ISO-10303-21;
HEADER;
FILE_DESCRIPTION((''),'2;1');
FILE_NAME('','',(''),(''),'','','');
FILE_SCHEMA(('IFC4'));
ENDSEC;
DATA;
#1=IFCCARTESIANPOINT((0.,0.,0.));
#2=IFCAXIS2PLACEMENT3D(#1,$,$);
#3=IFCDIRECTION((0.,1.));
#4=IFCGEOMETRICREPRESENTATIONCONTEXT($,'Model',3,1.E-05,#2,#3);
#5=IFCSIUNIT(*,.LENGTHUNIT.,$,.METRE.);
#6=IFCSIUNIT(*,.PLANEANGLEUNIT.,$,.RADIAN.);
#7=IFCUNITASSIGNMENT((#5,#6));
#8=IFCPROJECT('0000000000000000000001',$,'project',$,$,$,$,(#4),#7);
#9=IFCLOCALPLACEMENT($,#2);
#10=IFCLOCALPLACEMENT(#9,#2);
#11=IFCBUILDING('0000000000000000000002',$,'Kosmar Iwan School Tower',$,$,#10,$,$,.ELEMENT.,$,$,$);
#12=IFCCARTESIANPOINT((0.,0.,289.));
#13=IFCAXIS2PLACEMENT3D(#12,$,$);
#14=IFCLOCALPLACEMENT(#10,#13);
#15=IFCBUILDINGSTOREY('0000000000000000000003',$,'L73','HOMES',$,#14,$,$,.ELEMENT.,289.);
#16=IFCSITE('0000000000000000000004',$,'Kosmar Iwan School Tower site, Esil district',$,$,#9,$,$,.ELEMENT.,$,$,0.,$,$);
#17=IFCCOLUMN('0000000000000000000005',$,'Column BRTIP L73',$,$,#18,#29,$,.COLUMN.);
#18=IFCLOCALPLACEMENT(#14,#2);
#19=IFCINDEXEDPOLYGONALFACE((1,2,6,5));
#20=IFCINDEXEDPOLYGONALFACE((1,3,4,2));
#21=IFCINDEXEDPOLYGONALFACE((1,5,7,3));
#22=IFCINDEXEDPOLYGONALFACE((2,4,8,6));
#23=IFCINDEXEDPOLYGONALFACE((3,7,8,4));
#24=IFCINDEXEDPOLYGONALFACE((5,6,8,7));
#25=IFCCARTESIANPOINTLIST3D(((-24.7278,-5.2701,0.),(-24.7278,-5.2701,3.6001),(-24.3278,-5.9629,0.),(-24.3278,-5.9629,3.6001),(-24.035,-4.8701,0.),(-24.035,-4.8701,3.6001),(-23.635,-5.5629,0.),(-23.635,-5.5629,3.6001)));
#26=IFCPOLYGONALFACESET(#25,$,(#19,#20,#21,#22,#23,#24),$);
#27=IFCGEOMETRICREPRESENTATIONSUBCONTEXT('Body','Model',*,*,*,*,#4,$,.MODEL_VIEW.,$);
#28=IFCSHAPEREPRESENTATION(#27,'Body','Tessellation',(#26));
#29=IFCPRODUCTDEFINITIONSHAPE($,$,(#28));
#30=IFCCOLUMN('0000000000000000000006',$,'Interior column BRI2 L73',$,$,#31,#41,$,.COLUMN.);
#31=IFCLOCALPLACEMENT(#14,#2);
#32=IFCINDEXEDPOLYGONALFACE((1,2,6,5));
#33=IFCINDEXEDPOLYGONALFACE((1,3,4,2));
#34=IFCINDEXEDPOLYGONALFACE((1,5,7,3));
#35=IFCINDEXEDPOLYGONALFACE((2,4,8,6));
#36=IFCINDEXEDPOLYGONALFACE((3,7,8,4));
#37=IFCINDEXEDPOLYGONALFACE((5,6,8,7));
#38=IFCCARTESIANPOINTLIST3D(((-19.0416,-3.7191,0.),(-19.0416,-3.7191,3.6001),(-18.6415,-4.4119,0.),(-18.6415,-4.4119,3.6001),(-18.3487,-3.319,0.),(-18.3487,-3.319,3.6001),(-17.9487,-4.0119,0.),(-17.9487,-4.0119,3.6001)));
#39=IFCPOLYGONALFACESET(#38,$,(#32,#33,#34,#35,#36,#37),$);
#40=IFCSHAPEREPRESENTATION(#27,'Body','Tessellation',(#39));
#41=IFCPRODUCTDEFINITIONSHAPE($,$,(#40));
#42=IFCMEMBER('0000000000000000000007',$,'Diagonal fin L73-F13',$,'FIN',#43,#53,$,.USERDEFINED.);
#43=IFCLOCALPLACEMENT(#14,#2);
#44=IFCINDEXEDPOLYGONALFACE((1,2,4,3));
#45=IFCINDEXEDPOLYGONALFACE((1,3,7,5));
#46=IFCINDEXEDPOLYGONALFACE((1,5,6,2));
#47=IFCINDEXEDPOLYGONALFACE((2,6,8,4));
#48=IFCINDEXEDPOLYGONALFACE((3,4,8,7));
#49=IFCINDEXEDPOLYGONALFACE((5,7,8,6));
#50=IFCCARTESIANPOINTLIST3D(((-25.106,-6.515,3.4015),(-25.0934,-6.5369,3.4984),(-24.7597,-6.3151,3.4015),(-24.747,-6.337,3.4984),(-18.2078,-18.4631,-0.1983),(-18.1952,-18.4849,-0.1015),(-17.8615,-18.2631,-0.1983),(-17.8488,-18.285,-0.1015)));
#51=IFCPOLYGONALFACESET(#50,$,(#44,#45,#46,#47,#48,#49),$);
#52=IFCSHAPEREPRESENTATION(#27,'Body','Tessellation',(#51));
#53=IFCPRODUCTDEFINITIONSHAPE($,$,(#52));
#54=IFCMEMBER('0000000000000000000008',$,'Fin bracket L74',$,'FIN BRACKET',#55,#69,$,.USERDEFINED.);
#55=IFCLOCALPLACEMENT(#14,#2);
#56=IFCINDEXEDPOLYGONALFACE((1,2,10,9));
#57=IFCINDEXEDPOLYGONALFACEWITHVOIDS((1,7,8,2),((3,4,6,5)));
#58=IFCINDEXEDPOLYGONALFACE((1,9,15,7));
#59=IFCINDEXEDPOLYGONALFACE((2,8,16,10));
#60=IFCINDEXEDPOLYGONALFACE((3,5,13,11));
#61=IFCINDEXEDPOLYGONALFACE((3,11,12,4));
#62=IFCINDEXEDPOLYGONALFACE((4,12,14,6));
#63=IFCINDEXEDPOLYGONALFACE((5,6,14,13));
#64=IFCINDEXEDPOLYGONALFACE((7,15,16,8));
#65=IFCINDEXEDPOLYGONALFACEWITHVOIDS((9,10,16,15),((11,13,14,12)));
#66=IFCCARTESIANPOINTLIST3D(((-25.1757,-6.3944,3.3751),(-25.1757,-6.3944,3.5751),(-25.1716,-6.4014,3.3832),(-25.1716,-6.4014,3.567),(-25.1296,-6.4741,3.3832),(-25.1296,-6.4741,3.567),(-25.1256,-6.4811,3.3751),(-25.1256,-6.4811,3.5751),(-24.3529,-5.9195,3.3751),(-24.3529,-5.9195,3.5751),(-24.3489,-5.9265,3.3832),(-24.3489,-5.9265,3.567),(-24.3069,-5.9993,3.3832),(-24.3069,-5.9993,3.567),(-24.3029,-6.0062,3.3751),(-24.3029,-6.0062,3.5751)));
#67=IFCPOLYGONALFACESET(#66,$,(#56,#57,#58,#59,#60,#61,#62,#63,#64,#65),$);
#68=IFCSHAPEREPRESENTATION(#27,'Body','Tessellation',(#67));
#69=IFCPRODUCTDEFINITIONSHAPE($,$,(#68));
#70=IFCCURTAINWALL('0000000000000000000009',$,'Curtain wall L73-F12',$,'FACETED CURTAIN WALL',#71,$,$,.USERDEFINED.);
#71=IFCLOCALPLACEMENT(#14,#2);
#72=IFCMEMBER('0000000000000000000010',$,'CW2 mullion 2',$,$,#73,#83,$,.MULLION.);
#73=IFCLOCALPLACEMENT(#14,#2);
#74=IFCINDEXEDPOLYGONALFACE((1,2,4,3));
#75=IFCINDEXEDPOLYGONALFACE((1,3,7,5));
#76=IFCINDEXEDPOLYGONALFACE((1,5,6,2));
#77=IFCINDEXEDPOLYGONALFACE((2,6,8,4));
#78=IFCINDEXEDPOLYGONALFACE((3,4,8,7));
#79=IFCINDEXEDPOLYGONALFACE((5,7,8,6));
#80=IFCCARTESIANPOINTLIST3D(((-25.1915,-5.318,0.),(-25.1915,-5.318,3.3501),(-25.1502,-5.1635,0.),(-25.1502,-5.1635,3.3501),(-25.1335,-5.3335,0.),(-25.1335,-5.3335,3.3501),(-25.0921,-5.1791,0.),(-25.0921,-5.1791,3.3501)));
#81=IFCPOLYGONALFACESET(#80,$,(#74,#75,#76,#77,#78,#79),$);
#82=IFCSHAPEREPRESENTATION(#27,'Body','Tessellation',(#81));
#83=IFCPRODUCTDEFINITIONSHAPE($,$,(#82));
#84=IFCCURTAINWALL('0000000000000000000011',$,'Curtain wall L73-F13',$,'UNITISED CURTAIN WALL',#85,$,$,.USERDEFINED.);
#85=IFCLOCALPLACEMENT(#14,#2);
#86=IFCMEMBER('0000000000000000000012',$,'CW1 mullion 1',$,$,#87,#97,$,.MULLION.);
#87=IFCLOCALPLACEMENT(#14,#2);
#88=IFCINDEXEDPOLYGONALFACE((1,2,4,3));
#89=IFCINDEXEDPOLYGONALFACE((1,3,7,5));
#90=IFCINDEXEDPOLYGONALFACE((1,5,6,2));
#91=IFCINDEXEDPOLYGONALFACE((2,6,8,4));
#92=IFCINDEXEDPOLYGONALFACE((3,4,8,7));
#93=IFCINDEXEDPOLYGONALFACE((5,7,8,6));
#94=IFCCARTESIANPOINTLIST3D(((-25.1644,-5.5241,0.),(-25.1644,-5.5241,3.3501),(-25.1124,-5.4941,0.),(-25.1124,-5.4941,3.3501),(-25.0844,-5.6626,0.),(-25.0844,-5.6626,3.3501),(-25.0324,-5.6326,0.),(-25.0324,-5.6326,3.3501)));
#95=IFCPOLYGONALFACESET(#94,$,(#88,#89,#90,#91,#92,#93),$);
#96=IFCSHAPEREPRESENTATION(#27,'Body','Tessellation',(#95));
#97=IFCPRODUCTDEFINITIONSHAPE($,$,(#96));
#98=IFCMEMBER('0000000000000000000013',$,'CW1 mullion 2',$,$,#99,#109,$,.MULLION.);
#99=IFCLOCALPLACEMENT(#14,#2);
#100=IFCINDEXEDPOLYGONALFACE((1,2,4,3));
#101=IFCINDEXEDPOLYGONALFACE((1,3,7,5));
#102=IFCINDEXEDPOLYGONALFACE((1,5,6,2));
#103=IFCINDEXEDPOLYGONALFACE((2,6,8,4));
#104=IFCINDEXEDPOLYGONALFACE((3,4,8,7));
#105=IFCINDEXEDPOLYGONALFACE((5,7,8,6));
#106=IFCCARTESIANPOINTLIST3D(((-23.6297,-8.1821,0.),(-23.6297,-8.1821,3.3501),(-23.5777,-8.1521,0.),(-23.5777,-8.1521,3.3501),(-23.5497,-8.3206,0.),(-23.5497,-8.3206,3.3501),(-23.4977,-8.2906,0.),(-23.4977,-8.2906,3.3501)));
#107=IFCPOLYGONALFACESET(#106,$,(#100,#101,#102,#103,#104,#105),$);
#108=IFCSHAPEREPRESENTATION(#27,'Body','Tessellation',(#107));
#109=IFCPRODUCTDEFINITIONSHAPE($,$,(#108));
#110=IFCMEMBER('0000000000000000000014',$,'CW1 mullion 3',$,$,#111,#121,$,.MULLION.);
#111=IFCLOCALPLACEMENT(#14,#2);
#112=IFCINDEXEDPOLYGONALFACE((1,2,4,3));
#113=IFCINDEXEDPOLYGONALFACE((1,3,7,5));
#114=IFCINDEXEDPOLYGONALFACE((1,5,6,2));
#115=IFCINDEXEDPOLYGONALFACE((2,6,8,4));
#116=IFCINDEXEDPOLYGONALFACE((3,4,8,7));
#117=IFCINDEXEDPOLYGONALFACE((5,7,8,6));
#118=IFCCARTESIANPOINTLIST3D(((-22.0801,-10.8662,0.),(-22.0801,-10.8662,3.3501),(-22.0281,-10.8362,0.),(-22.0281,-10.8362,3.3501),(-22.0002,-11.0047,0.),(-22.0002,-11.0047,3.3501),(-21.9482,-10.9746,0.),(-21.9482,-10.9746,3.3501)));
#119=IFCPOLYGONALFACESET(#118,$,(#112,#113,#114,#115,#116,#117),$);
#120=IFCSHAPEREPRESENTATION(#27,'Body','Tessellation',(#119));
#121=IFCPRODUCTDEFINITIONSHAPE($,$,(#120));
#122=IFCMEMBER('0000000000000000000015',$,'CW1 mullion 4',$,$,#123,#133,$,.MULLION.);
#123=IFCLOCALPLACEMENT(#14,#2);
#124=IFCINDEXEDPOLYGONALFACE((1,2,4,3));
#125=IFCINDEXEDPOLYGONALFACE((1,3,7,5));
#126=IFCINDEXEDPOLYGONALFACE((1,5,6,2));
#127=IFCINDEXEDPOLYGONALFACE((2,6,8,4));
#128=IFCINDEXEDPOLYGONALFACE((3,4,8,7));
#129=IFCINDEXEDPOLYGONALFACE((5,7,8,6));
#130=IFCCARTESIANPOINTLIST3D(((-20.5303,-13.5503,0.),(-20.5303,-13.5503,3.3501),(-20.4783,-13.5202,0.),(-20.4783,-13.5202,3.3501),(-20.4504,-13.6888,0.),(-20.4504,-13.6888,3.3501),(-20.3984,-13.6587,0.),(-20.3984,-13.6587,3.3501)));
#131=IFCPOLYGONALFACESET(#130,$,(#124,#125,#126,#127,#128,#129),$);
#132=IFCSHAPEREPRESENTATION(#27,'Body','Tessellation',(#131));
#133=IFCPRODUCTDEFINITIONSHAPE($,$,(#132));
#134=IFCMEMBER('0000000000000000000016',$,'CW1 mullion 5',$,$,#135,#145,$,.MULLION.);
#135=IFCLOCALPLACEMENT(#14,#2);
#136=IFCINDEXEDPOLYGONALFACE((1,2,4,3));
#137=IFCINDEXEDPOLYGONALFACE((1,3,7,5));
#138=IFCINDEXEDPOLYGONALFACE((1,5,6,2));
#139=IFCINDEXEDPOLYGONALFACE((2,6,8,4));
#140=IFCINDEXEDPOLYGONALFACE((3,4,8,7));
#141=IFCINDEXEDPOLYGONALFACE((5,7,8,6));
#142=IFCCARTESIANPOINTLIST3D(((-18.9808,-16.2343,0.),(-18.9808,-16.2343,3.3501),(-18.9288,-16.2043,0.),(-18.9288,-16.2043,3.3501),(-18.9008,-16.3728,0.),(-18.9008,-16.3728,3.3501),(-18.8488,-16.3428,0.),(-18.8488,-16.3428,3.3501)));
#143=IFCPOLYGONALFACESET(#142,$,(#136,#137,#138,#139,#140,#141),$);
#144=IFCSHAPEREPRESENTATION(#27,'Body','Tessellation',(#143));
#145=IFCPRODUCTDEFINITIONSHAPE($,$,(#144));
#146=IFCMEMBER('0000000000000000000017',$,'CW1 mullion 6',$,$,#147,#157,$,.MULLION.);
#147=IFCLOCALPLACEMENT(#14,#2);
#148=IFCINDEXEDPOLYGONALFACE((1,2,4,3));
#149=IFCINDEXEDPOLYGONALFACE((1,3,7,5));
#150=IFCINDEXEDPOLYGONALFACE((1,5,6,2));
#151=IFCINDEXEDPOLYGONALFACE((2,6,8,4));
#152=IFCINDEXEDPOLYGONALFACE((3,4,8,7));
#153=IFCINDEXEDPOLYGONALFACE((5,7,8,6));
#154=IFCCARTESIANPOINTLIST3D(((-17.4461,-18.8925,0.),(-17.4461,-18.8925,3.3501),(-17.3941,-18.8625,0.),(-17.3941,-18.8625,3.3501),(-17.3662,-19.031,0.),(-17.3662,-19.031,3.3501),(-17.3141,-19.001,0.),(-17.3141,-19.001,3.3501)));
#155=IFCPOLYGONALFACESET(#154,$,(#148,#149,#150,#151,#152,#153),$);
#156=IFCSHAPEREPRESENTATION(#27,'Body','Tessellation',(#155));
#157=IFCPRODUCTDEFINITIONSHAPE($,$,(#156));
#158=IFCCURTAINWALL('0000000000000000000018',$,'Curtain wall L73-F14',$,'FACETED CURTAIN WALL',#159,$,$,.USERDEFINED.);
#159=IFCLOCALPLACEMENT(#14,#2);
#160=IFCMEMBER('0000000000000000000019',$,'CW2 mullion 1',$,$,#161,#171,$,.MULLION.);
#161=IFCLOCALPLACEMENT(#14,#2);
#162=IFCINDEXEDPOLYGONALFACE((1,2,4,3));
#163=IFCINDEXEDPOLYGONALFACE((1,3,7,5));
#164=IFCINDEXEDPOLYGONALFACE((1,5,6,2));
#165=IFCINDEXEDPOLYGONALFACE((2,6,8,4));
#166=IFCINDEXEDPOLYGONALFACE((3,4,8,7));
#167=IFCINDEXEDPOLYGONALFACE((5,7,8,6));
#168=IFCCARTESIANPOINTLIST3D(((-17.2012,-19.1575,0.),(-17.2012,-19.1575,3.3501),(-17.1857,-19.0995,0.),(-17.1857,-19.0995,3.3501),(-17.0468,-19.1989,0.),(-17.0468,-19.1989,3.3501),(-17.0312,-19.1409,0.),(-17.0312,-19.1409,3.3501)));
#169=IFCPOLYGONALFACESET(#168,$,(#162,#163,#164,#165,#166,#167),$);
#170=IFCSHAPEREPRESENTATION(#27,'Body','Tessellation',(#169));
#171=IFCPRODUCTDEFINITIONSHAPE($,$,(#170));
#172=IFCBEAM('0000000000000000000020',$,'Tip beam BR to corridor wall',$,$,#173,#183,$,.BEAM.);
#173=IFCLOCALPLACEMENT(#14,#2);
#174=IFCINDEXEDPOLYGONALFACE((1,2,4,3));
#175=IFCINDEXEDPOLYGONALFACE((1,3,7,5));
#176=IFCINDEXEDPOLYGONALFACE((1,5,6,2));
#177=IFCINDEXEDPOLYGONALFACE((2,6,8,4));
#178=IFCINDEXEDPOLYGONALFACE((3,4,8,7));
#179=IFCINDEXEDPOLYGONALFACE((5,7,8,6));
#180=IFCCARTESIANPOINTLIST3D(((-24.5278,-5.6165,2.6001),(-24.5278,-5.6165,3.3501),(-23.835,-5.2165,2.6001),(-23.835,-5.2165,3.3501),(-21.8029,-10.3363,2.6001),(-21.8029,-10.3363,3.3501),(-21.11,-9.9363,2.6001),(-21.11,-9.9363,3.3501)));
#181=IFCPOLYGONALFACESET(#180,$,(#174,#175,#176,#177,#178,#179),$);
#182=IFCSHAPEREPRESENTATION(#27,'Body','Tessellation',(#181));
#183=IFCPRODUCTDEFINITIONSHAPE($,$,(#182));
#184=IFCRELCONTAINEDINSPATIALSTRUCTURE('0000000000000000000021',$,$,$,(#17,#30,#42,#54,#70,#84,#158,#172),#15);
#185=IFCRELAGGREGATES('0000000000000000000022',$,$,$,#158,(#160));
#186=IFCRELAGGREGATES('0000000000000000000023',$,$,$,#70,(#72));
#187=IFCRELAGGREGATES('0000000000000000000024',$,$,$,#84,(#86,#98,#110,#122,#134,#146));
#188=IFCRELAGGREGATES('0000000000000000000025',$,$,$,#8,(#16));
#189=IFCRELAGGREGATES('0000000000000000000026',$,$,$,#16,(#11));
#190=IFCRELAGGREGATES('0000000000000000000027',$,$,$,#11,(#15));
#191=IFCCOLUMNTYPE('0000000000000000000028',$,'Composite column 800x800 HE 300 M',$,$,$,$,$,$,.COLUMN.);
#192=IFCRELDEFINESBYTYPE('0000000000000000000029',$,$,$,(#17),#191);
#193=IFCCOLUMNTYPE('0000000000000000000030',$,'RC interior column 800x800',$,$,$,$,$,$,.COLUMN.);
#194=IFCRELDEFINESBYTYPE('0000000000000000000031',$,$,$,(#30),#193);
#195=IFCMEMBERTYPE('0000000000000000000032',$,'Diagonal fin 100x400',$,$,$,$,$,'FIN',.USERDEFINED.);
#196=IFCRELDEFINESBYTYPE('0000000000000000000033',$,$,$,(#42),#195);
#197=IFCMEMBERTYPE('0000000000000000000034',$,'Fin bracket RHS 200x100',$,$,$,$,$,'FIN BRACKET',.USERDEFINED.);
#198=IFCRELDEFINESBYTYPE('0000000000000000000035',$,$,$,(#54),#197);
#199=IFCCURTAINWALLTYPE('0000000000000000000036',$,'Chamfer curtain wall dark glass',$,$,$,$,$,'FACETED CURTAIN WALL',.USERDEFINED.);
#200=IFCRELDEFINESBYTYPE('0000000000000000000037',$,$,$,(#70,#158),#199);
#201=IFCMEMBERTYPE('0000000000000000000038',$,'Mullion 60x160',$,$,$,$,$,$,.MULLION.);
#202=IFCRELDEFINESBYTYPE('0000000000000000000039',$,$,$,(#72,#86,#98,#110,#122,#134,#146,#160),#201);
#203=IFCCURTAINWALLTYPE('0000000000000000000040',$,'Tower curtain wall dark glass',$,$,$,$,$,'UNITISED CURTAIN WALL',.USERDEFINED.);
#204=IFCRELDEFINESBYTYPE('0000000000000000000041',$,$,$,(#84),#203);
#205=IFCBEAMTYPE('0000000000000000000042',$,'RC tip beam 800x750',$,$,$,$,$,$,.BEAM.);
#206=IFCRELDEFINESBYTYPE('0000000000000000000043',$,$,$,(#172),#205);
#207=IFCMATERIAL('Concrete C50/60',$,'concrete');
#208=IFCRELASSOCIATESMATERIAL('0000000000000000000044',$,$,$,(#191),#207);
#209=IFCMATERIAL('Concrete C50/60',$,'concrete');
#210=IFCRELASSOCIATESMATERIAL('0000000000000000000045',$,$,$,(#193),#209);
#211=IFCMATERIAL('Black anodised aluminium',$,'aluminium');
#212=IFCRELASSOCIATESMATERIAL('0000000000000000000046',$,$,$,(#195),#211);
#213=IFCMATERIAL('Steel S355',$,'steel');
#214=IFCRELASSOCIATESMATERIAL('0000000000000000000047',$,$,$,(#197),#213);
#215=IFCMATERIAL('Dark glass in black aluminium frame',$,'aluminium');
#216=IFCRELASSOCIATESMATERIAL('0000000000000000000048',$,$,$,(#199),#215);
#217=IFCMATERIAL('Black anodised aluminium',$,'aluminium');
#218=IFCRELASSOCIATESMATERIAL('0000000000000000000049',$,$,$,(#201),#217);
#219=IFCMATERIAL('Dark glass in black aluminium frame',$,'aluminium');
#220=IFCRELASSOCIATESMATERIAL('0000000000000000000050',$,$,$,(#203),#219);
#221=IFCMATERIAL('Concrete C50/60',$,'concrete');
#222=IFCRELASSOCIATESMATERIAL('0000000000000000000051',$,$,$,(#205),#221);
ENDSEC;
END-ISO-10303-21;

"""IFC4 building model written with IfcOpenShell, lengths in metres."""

from ifc_helpers import new_model, si_unit, direction, frame, origin, origin_2d, place, context, subcontext, project, spatial, rectangle, hollow_rectangle, extrude, material, material_profile, profile_set, type_object, element, aggregate, save


model = new_model("IFC4")

# Units and contexts
model_context = context("Model", 3, precision=1e-05, world=origin(), true_north=direction((0.0, 1.0)))
body_context = subcontext(model_context, "Body", "Model", "MODEL_VIEW")
ifc_project = project(units=[si_unit("LENGTHUNIT", "METRE"), si_unit("PLANEANGLEUNIT", "RADIAN")], contexts=[model_context])

# Site, building, storey
site_placement = place(None, origin())
site = spatial("IfcSite", under=ifc_project, at=site_placement, Name="Kosmar Iwan School Tower site, Esil district", CompositionType="ELEMENT", RefElevation=0.0)
building_placement = place(site_placement, origin())
building = spatial("IfcBuilding", under=site, at=building_placement, Name="Kosmar Iwan School Tower", CompositionType="ELEMENT")
storey_placement = place(building_placement, frame((0.0, 0.0, 289.0)))
storey = spatial("IfcBuildingStorey", under=building, at=storey_placement, Name="L73", Description="HOMES", CompositionType="ELEMENT", Elevation=289.0)

# Columns
ifc_material_1 = material(Name="Concrete C50/60", Category="concrete")
ifc_material_profile_1 = material_profile(ifc_material_1, rectangle(XDim=0.8, YDim=0.8, at=origin_2d()), Name="RC 800x800 + HE 300 M")
ifc_profile_set_1 = profile_set([ifc_material_profile_1], Name="Concrete C50/60")
column_type_1 = type_object("IfcColumnType", Name="Composite column 800x800 HE 300 M", PredefinedType="COLUMN", material=ifc_profile_set_1)
column_1_placement = place(storey_placement, frame((-24.1814, -5.4165, 0.0), z_axis=(0.0, 0.0, 1.0), x_axis=(-0.866025, -0.5, 0.0)))
element("IfcColumn", 1, at=column_1_placement, inside=storey, type_object=column_type_1, Name="Column BRTIP L73", PredefinedType="COLUMN", context=body_context, shape_type="SweptSolid", body=[
    extrude(rectangle(XDim=0.8, YDim=0.8, at=origin_2d()), origin(), (0.0, 0.0, 1.0), 3.6001),
])
ifc_material_2 = material(Name="Concrete C50/60", Category="concrete")
ifc_material_profile_2 = material_profile(ifc_material_2, rectangle(XDim=0.8, YDim=0.8, at=origin_2d()), Name="RC 800x800")
ifc_profile_set_2 = profile_set([ifc_material_profile_2], Name="Concrete C50/60")
column_type_2 = type_object("IfcColumnType", Name="RC interior column 800x800", PredefinedType="COLUMN", material=ifc_profile_set_2)
column_2_placement = place(storey_placement, frame((-18.4951, -3.8655, 0.0), z_axis=(0.0, 0.0, 1.0), x_axis=(-0.866025, -0.5, 0.0)))
element("IfcColumn", 2, at=column_2_placement, inside=storey, type_object=column_type_2, Name="Interior column BRI2 L73", PredefinedType="COLUMN", context=body_context, shape_type="SweptSolid", body=[
    extrude(rectangle(XDim=0.8, YDim=0.8, at=origin_2d()), origin(), (0.0, 0.0, 1.0), 3.6001),
])

# Members
ifc_material_3 = material(Name="Black anodised aluminium", Category="aluminium")
ifc_material_profile_3 = material_profile(ifc_material_3, rectangle(XDim=0.1001, YDim=0.3999, at=origin_2d()), Name="FIN 100x400")
ifc_profile_set_3 = profile_set([ifc_material_profile_3], Name="Black anodised aluminium")
member_type_1 = type_object("IfcMemberType", Name="Diagonal fin 100x400", ElementType="FIN", PredefinedType="USERDEFINED", material=ifc_profile_set_3)
member_1_placement = place(storey_placement, frame((-18.0283, -18.374, -0.1499), z_axis=(-0.483802, 0.837969, 0.252475), x_axis=(0.126237, -0.218649, 0.967604)))
element("IfcMember", 3, at=member_1_placement, inside=storey, type_object=member_type_1, Name="Diagonal fin L73-F13", ObjectType="FIN", PredefinedType="USERDEFINED", context=body_context, shape_type="SweptSolid", body=[
    extrude(rectangle(XDim=0.1001, YDim=0.3999, at=origin_2d()), origin(), (0.0, 0.0, 1.0), 14.2583),
])
ifc_material_4 = material(Name="Steel S355", Category="steel")
ifc_material_profile_4 = material_profile(ifc_material_4, hollow_rectangle(XDim=0.1001, YDim=0.2, WallThickness=0.0081, at=origin_2d()), Name="RHS 200x100x8")
ifc_profile_set_4 = profile_set([ifc_material_profile_4], Name="Steel S355")
member_type_2 = type_object("IfcMemberType", Name="Fin bracket RHS 200x100", ElementType="FIN BRACKET", PredefinedType="USERDEFINED", material=ifc_profile_set_4)
member_2_placement = place(storey_placement, frame((-24.3279, -5.9629, 3.4751), z_axis=(-0.8661, -0.499871, 0.0), x_axis=(0.499871, -0.8661, 0.0)))
element("IfcMember", 4, at=member_2_placement, inside=storey, type_object=member_type_2, Name="Fin bracket L74", ObjectType="FIN BRACKET", PredefinedType="USERDEFINED", context=body_context, shape_type="SweptSolid", body=[
    extrude(hollow_rectangle(XDim=0.1001, YDim=0.2, WallThickness=0.0081, at=origin_2d()), origin(), (0.0, 0.0, 1.0), 0.95),
])

# Curtain wall, member
ifc_material_5 = material(Name="Dark glass in black aluminium frame", Category="aluminium")
curtain_wall_type_1 = type_object("IfcCurtainWallType", Name="Chamfer curtain wall dark glass", ElementType="FACETED CURTAIN WALL", PredefinedType="USERDEFINED", material=ifc_material_5)
curtain_wall_1_placement = place(storey_placement, origin())
curtain_wall_1 = element("IfcCurtainWall", 5, at=curtain_wall_1_placement, inside=storey, type_object=curtain_wall_type_1, Name="Curtain wall L73-F12", ObjectType="FACETED CURTAIN WALL", PredefinedType="USERDEFINED")
ifc_material_6 = material(Name="Black anodised aluminium", Category="aluminium")
ifc_material_profile_5 = material_profile(ifc_material_6, rectangle(XDim=0.0601, YDim=0.1599, at=origin_2d()), Name="MULLION 60x160")
ifc_profile_set_5 = profile_set([ifc_material_profile_5], Name="Black anodised aluminium")
member_type_3 = type_object("IfcMemberType", Name="Mullion 60x160", PredefinedType="MULLION", material=ifc_profile_set_5)
member_3_placement = place(storey_placement, frame((-25.1418, -5.2485, 0.0), z_axis=(0.0, 0.0, 1.0), x_axis=(0.965926, -0.258819, 0.0)))
member_3 = element("IfcMember", 6, at=member_3_placement, type_object=member_type_3, Name="CW2 mullion 2", PredefinedType="MULLION", context=body_context, shape_type="SweptSolid", body=[
    extrude(rectangle(XDim=0.0601, YDim=0.1599, at=origin_2d()), origin(), (0.0, 0.0, 1.0), 3.3501),
])

# Curtain wall, members
ifc_material_7 = material(Name="Dark glass in black aluminium frame", Category="aluminium")
curtain_wall_type_2 = type_object("IfcCurtainWallType", Name="Tower curtain wall dark glass", ElementType="UNITISED CURTAIN WALL", PredefinedType="USERDEFINED", material=ifc_material_7)
curtain_wall_2_placement = place(storey_placement, origin())
curtain_wall_2 = element("IfcCurtainWall", 7, at=curtain_wall_2_placement, inside=storey, type_object=curtain_wall_type_2, Name="Curtain wall L73-F13", ObjectType="UNITISED CURTAIN WALL", PredefinedType="USERDEFINED")
member_4_placement = place(storey_placement, frame((-25.0984, -5.5784, 0.0), z_axis=(0.0, 0.0, 1.0), x_axis=(0.866025, 0.5, 0.0)))
member_4 = element("IfcMember", 8, at=member_4_placement, type_object=member_type_3, Name="CW1 mullion 1", PredefinedType="MULLION", context=body_context, shape_type="SweptSolid", body=[
    extrude(rectangle(XDim=0.0601, YDim=0.1599, at=origin_2d()), origin(), (0.0, 0.0, 1.0), 3.3501),
])
member_5_placement = place(storey_placement, frame((-23.5637, -8.2363, 0.0), z_axis=(0.0, 0.0, 1.0), x_axis=(0.866025, 0.5, 0.0)))
member_5 = element("IfcMember", 9, at=member_5_placement, type_object=member_type_3, Name="CW1 mullion 2", PredefinedType="MULLION", context=body_context, shape_type="SweptSolid", body=[
    extrude(rectangle(XDim=0.0601, YDim=0.1599, at=origin_2d()), origin(), (0.0, 0.0, 1.0), 3.3501),
])
member_6_placement = place(storey_placement, frame((-22.0142, -10.9204, 0.0), z_axis=(0.0, 0.0, 1.0), x_axis=(0.866025, 0.5, 0.0)))
member_6 = element("IfcMember", 10, at=member_6_placement, type_object=member_type_3, Name="CW1 mullion 3", PredefinedType="MULLION", context=body_context, shape_type="SweptSolid", body=[
    extrude(rectangle(XDim=0.0601, YDim=0.1599, at=origin_2d()), origin(), (0.0, 0.0, 1.0), 3.3501),
])
member_7_placement = place(storey_placement, frame((-20.4644, -13.6045, 0.0), z_axis=(0.0, 0.0, 1.0), x_axis=(0.866025, 0.5, 0.0)))
member_7 = element("IfcMember", 11, at=member_7_placement, type_object=member_type_3, Name="CW1 mullion 4", PredefinedType="MULLION", context=body_context, shape_type="SweptSolid", body=[
    extrude(rectangle(XDim=0.0601, YDim=0.1599, at=origin_2d()), origin(), (0.0, 0.0, 1.0), 3.3501),
])
member_8_placement = place(storey_placement, frame((-18.9148, -16.2886, 0.0), z_axis=(0.0, 0.0, 1.0), x_axis=(0.866025, 0.5, 0.0)))
member_8 = element("IfcMember", 12, at=member_8_placement, type_object=member_type_3, Name="CW1 mullion 5", PredefinedType="MULLION", context=body_context, shape_type="SweptSolid", body=[
    extrude(rectangle(XDim=0.0601, YDim=0.1599, at=origin_2d()), origin(), (0.0, 0.0, 1.0), 3.3501),
])
member_9_placement = place(storey_placement, frame((-17.3801, -18.9468, 0.0), z_axis=(0.0, 0.0, 1.0), x_axis=(0.866025, 0.5, 0.0)))
member_9 = element("IfcMember", 13, at=member_9_placement, type_object=member_type_3, Name="CW1 mullion 6", PredefinedType="MULLION", context=body_context, shape_type="SweptSolid", body=[
    extrude(rectangle(XDim=0.0601, YDim=0.1599, at=origin_2d()), origin(), (0.0, 0.0, 1.0), 3.3501),
])

# Curtain wall, member
curtain_wall_3_placement = place(storey_placement, origin())
curtain_wall_3 = element("IfcCurtainWall", 14, at=curtain_wall_3_placement, inside=storey, type_object=curtain_wall_type_1, Name="Curtain wall L73-F14", ObjectType="FACETED CURTAIN WALL", PredefinedType="USERDEFINED")
member_10_placement = place(storey_placement, frame((-17.1162, -19.1492, 0.0), z_axis=(0.0, 0.0, 1.0), x_axis=(0.258819, 0.965926, 0.0)))
member_10 = element("IfcMember", 15, at=member_10_placement, type_object=member_type_3, Name="CW2 mullion 1", PredefinedType="MULLION", context=body_context, shape_type="SweptSolid", body=[
    extrude(rectangle(XDim=0.0601, YDim=0.1599, at=origin_2d()), origin(), (0.0, 0.0, 1.0), 3.3501),
])

# Beam
ifc_material_8 = material(Name="Concrete C50/60", Category="concrete")
ifc_material_profile_6 = material_profile(ifc_material_8, rectangle(XDim=0.8, YDim=0.75, at=origin_2d()), Name="RC 800x750")
ifc_profile_set_6 = profile_set([ifc_material_profile_6], Name="Concrete C50/60")
beam_type = type_object("IfcBeamType", Name="RC tip beam 800x750", PredefinedType="BEAM", material=ifc_profile_set_6)
beam_placement = place(storey_placement, frame((-24.1814, -5.4165, 2.9751), z_axis=(0.499989, -0.866032, 0.0), x_axis=(0.866032, 0.499989, 0.0)))
element("IfcBeam", 16, at=beam_placement, inside=storey, type_object=beam_type, Name="Tip beam BR to corridor wall", PredefinedType="BEAM", context=body_context, shape_type="SweptSolid", body=[
    extrude(rectangle(XDim=0.8, YDim=0.75, at=origin_2d()), origin(), (0.0, 0.0, 1.0), 5.45),
])

aggregate(curtain_wall_3, [member_10])

aggregate(curtain_wall_1, [member_3])
aggregate(curtain_wall_2, [member_4, member_5, member_6, member_7, member_8, member_9])

save(model, "model.ifc")
